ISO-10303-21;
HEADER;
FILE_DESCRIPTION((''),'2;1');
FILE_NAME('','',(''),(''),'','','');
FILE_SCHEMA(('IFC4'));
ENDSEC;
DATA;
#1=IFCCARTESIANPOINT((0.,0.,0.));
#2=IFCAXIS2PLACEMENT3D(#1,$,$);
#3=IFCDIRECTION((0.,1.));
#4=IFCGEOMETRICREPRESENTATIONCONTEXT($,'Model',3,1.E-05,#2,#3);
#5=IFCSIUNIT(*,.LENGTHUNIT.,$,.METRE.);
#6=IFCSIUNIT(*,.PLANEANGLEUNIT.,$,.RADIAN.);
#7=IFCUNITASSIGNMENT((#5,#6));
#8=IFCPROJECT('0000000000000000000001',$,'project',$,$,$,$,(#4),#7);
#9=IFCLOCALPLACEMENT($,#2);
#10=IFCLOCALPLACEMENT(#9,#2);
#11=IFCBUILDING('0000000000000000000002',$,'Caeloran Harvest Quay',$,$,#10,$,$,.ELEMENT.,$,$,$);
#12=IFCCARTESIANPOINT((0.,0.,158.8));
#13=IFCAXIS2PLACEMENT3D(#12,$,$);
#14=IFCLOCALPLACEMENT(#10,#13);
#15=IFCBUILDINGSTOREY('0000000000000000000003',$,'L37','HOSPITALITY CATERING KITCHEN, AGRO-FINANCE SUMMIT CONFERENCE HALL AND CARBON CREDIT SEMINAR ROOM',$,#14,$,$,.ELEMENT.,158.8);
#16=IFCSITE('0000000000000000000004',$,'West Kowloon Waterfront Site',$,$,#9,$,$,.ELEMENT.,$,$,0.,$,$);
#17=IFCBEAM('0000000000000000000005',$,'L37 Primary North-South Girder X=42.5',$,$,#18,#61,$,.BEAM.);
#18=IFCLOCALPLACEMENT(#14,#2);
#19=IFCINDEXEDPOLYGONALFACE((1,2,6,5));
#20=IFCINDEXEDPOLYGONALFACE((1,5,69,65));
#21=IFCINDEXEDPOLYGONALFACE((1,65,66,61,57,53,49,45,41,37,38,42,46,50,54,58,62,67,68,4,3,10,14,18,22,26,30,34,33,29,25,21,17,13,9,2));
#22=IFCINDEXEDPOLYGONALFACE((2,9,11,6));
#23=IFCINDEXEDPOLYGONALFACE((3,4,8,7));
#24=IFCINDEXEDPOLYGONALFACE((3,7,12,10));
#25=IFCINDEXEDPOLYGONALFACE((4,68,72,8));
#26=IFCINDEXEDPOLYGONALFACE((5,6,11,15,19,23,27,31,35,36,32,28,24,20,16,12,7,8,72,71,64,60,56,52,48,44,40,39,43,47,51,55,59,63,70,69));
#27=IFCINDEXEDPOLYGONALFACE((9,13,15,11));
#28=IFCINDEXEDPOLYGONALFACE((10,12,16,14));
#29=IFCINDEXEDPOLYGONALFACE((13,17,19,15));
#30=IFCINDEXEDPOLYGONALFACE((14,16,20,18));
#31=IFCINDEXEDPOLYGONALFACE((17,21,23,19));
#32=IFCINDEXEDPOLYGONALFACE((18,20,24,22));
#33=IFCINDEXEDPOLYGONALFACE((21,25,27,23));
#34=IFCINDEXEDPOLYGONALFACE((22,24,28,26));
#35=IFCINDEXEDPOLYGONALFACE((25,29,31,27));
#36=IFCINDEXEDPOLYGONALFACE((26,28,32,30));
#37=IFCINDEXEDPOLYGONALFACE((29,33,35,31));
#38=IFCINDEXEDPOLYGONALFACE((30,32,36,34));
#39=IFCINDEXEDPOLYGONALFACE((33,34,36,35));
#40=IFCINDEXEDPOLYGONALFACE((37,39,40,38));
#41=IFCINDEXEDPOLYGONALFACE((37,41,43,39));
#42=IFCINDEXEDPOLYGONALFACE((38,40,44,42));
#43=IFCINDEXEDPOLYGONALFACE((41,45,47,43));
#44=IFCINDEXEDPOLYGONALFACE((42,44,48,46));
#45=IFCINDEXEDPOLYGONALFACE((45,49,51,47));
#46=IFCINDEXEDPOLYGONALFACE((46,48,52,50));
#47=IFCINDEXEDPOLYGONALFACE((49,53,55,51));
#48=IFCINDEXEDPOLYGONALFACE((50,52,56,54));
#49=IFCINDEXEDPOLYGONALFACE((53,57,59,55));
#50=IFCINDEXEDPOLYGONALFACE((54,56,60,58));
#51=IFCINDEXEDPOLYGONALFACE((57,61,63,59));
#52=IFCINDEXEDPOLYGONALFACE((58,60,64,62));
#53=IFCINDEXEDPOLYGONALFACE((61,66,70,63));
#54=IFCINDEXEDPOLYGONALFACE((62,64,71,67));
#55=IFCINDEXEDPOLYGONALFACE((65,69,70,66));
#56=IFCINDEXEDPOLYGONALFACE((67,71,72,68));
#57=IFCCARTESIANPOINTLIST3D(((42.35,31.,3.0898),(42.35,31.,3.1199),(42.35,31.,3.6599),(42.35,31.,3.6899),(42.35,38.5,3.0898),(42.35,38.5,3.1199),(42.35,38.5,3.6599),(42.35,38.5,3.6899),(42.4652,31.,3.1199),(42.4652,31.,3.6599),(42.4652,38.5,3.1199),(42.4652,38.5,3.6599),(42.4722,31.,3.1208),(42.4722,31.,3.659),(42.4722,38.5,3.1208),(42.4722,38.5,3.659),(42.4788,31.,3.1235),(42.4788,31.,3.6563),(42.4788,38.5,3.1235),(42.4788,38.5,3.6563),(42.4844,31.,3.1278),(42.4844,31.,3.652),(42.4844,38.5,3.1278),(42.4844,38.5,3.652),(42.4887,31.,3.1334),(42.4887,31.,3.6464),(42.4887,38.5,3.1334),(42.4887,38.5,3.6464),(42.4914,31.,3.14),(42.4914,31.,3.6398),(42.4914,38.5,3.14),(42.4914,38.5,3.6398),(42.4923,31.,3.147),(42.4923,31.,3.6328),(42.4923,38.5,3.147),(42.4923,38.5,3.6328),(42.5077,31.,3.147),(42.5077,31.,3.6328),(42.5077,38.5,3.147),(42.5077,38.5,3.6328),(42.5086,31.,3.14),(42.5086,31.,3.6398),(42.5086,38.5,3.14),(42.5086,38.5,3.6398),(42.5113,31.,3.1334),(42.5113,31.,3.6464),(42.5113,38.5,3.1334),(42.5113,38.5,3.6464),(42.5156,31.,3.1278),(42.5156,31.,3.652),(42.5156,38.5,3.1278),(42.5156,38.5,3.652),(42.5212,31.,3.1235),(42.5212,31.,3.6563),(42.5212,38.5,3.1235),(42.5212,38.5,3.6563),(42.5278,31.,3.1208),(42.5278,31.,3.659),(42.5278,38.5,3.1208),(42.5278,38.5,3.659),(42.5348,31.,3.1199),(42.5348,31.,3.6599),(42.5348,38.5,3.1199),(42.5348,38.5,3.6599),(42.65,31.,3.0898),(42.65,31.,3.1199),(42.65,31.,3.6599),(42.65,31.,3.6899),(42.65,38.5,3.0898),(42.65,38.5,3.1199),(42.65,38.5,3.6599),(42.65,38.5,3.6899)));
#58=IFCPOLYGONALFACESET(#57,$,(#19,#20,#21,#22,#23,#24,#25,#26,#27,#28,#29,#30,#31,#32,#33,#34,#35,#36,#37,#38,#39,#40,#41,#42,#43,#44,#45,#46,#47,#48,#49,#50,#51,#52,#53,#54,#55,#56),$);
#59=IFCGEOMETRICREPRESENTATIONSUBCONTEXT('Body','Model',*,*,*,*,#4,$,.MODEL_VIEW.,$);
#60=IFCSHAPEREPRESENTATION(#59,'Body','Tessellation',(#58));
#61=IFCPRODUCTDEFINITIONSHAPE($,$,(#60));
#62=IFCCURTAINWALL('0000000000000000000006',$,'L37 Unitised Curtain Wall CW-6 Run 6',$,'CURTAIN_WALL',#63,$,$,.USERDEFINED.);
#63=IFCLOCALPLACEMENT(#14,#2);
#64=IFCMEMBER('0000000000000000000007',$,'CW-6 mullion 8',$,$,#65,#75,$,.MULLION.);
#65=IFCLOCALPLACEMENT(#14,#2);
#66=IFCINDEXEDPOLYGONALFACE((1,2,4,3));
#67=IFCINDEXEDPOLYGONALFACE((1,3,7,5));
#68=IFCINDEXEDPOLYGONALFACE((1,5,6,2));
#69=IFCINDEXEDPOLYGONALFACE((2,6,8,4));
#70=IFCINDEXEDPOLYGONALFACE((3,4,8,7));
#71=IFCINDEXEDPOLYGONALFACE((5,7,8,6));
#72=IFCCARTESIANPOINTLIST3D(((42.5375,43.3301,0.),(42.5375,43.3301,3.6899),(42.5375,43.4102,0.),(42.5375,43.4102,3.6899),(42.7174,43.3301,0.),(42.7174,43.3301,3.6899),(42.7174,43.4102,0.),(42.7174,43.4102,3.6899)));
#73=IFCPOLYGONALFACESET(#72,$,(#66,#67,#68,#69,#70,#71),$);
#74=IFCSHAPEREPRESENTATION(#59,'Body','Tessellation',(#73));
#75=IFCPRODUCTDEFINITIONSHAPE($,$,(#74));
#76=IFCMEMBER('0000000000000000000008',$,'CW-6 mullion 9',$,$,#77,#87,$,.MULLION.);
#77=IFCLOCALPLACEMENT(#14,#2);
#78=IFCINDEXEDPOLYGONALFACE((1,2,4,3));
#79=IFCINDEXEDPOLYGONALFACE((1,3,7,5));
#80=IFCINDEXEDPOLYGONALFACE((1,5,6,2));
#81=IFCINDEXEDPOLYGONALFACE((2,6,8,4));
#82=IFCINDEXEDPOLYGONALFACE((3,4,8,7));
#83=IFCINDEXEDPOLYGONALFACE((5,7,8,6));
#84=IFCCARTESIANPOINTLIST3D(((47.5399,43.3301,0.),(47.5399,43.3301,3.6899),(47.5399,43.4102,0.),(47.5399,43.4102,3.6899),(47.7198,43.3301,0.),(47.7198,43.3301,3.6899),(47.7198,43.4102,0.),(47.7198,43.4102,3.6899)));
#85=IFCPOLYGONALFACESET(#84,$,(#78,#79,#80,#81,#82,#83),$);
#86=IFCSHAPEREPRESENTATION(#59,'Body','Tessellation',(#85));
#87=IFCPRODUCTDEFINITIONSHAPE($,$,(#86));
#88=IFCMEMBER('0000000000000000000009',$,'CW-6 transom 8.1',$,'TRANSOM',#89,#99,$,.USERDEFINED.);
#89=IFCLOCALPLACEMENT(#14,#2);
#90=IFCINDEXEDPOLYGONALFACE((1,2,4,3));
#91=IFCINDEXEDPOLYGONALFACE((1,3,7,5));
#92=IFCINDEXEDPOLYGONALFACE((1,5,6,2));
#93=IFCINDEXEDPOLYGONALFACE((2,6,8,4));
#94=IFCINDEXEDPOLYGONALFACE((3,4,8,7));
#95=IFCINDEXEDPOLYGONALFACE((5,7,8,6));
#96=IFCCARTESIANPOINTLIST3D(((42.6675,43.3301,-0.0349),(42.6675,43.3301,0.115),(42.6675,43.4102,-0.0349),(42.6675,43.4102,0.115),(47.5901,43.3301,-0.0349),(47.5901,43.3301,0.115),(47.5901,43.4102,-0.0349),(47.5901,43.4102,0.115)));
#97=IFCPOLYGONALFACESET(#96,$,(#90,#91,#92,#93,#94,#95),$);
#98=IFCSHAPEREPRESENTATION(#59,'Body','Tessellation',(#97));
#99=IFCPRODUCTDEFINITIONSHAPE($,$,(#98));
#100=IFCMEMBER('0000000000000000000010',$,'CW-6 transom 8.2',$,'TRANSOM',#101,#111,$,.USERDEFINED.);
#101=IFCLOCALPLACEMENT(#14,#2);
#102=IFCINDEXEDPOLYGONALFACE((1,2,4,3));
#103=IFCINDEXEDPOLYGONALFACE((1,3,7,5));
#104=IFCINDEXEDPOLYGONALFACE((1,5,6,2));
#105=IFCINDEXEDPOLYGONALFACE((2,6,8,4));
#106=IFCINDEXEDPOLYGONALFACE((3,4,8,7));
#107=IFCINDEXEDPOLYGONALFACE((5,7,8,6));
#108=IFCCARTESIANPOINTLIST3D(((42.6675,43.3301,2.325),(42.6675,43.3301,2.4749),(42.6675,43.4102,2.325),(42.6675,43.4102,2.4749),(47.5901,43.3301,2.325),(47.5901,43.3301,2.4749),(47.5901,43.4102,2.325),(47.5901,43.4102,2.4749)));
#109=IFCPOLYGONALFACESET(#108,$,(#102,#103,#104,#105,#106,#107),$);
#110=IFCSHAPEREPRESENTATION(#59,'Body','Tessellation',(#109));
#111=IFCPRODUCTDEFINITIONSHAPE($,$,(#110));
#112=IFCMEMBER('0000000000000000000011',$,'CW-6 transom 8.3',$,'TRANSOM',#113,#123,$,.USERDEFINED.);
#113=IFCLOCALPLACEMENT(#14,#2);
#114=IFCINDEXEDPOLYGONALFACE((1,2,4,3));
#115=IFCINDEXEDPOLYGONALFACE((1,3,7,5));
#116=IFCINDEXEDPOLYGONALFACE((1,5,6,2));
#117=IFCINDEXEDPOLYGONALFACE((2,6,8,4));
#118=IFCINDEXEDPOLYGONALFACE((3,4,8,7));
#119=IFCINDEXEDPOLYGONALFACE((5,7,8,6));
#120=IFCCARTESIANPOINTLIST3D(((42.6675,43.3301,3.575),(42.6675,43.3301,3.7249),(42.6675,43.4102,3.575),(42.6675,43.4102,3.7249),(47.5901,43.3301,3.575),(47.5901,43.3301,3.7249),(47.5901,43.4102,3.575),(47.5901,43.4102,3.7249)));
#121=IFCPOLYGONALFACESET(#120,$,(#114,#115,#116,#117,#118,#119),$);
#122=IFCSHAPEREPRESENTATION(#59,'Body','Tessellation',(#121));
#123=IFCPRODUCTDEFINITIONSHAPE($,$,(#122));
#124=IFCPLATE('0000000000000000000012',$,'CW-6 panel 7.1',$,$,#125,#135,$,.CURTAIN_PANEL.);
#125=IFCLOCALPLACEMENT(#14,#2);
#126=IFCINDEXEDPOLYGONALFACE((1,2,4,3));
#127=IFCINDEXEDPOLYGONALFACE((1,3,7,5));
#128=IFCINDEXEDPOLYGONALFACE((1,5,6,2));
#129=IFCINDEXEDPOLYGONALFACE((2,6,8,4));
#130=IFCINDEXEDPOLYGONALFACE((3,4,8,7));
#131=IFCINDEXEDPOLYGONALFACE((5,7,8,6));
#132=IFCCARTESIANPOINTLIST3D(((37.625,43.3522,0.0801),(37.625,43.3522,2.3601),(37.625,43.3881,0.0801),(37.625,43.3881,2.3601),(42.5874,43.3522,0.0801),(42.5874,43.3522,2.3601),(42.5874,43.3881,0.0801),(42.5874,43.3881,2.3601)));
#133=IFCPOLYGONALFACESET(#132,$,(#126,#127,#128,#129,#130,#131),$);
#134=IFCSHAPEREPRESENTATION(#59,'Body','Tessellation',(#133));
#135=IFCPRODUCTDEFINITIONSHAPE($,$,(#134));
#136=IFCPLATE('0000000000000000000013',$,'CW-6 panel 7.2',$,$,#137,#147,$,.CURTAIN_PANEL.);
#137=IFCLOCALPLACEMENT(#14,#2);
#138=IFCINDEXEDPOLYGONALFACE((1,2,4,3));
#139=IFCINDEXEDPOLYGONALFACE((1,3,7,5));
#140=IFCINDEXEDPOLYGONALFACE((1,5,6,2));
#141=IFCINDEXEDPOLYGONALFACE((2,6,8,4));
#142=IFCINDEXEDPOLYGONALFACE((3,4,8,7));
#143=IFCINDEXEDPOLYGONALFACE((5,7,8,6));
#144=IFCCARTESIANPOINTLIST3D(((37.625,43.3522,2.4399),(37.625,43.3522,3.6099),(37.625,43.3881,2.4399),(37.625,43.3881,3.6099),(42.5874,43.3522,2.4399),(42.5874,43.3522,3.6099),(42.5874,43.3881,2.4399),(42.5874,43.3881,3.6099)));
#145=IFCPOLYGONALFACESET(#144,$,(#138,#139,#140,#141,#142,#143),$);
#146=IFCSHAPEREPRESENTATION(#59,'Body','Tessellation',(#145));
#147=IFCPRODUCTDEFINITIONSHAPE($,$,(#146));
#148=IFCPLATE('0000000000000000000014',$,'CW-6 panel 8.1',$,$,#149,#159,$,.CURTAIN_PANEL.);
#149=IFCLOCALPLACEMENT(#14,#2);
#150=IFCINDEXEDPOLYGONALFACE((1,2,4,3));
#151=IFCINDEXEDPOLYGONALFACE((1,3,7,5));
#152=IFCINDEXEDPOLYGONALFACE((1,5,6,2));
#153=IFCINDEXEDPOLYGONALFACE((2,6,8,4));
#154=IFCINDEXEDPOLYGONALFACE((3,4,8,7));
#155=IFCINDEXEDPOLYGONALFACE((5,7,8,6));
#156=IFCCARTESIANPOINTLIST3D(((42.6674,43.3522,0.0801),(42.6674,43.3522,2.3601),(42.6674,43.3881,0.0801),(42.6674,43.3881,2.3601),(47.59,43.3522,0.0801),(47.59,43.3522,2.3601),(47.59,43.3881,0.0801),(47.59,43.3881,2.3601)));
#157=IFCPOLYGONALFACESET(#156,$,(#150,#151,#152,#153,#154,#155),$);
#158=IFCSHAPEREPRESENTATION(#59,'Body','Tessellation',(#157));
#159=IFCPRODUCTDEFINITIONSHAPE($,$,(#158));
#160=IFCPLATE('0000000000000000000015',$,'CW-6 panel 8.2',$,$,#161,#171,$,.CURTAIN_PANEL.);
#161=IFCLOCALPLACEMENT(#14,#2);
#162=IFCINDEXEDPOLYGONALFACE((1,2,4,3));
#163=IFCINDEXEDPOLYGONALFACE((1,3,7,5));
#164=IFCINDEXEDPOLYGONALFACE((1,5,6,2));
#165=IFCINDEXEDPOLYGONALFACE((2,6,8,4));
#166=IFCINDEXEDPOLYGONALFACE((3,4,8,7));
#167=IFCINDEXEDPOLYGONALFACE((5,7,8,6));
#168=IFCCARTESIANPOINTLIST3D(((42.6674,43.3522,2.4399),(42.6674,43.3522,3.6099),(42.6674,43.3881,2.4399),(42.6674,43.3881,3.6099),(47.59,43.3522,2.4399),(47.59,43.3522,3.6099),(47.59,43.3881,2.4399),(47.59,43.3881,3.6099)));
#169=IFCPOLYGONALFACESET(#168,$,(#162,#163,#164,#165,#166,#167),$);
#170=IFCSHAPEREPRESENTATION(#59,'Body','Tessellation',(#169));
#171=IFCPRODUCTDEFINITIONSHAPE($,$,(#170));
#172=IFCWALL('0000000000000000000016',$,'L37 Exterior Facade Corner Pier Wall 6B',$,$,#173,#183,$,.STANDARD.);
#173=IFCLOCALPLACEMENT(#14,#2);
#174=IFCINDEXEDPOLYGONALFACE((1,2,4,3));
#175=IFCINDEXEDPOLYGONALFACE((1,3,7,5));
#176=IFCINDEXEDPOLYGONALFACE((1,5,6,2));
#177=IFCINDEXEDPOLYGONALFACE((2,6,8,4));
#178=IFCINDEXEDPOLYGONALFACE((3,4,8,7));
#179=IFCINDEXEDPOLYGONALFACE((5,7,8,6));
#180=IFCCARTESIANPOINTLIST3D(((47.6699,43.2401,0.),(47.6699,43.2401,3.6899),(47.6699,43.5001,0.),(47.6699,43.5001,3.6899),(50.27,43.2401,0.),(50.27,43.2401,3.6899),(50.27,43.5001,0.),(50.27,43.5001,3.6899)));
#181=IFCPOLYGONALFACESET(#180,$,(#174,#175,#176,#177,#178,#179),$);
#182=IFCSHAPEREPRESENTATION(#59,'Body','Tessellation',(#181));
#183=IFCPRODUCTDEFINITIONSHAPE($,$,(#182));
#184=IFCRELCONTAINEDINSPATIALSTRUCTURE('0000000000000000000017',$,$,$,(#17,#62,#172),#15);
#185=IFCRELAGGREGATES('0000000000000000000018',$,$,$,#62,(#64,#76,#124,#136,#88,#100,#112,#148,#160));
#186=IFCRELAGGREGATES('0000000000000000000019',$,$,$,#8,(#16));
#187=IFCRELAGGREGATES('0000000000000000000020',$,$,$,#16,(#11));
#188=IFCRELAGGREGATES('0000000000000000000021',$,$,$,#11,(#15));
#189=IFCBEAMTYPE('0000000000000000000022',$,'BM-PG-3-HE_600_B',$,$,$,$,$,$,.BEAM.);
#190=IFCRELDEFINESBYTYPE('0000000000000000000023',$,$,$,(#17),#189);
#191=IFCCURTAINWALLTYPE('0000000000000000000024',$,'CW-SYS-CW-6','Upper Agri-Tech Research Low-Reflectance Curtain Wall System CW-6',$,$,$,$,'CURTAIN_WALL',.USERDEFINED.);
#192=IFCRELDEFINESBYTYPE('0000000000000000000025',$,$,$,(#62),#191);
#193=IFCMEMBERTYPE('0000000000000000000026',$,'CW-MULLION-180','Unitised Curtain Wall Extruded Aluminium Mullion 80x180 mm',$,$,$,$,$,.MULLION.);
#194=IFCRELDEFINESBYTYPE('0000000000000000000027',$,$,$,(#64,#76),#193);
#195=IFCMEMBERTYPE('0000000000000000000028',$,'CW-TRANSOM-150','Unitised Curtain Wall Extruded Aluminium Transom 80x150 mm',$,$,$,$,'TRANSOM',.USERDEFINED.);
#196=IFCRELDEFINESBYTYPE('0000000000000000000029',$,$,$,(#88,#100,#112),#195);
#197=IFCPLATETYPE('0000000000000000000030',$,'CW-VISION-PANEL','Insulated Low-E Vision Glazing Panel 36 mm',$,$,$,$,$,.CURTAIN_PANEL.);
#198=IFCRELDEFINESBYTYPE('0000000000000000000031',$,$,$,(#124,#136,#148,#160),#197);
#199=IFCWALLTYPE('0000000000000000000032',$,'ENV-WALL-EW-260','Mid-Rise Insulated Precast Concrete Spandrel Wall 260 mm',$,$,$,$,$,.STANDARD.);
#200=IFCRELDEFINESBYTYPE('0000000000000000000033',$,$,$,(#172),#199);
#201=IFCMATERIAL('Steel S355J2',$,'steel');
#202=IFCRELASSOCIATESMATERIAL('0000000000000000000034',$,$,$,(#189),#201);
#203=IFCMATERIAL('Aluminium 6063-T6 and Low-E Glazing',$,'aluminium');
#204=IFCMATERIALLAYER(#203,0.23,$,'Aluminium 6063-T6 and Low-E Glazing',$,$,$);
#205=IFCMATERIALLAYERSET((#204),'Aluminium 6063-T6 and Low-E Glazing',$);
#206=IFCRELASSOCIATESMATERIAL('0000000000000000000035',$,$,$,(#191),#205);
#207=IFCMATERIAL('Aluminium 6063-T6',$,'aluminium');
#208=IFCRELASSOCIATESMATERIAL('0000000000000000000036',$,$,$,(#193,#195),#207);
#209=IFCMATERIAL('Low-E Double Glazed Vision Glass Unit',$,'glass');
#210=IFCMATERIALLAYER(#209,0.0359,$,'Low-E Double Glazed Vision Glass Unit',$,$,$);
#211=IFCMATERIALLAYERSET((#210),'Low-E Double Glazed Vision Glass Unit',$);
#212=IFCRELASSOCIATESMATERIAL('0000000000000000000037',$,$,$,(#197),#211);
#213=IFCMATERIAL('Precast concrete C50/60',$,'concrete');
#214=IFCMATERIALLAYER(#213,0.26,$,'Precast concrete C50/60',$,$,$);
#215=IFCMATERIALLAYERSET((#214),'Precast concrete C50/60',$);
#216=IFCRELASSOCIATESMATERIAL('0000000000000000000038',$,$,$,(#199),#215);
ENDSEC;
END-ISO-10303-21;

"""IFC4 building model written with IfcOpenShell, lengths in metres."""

from ifc_helpers import new_model, si_unit, direction, frame, frame_2d, origin, origin_2d, place, context, subcontext, project, spatial, rectangle, i_section, extrude, material, layer, layer_set, material_profile, profile_set, type_object, element, aggregate, save


model = new_model("IFC4")

# Units and contexts
model_context = context("Model", 3, precision=1e-05, world=origin(), true_north=direction((0.0, 1.0)))
body_context = subcontext(model_context, "Body", "Model", "MODEL_VIEW")
ifc_project = project(units=[si_unit("LENGTHUNIT", "METRE"), si_unit("PLANEANGLEUNIT", "RADIAN")], contexts=[model_context])

# Site, building, storey
site_placement = place(None, origin())
site = spatial("IfcSite", under=ifc_project, at=site_placement, Name="West Kowloon Waterfront Site", CompositionType="ELEMENT", RefElevation=0.0)
building_placement = place(site_placement, origin())
building = spatial("IfcBuilding", under=site, at=building_placement, Name="Caeloran Harvest Quay", CompositionType="ELEMENT")
storey_placement = place(building_placement, frame((0.0, 0.0, 158.8)))
storey = spatial("IfcBuildingStorey", under=building, at=storey_placement, Name="L37", Description="HOSPITALITY CATERING KITCHEN, AGRO-FINANCE SUMMIT CONFERENCE HALL AND CARBON CREDIT SEMINAR ROOM", CompositionType="ELEMENT", Elevation=158.8)

# Beam
ifc_material_1 = material(Name="Steel S355J2", Category="steel")
ifc_material_profile_1 = material_profile(ifc_material_1, i_section(OverallWidth=0.3, OverallDepth=0.6001, WebThickness=0.0154, FlangeThickness=0.03, FilletRadius=0.0271, at=origin_2d()), Name="HE 600 B")
ifc_profile_set_1 = profile_set([ifc_material_profile_1], Name="Steel S355J2")
beam_type = type_object("IfcBeamType", Name="BM-PG-3-HE_600_B", PredefinedType="BEAM", material=ifc_profile_set_1)
beam_1_placement = place(storey_placement, frame((42.5, 31.0, 3.3899), z_axis=(0.0, 1.0, 0.0), x_axis=(-1.0, 0.0, 0.0)))
element("IfcBeam", 1, at=beam_1_placement, inside=storey, type_object=beam_type, Name="L37 Primary North-South Girder X=42.5", PredefinedType="BEAM", context=body_context, shape_type="SweptSolid", body=[
    extrude(i_section(OverallWidth=0.3, OverallDepth=0.6001, WebThickness=0.0154, FlangeThickness=0.03, FilletRadius=0.0271, at=origin_2d()), origin(), (0.0, 0.0, 1.0), 7.5),
])

# Curtain wall, members, plates
ifc_material_2 = material(Name="Aluminium 6063-T6 and Low-E Glazing", Category="aluminium")
ifc_layer_1 = layer(ifc_material_2, 0.23, Name="Aluminium 6063-T6 and Low-E Glazing")
ifc_layer_set_1 = layer_set([ifc_layer_1], Name="Aluminium 6063-T6 and Low-E Glazing")
curtain_wall_type = type_object("IfcCurtainWallType", Name="CW-SYS-CW-6", Description="Upper Agri-Tech Research Low-Reflectance Curtain Wall System CW-6", ElementType="CURTAIN_WALL", PredefinedType="USERDEFINED", material=ifc_layer_set_1)
curtain_wall_placement = place(storey_placement, origin())
curtain_wall = element("IfcCurtainWall", 2, at=curtain_wall_placement, inside=storey, type_object=curtain_wall_type, Name="L37 Unitised Curtain Wall CW-6 Run 6", ObjectType="CURTAIN_WALL", PredefinedType="USERDEFINED")
ifc_material_3 = material(Name="Aluminium 6063-T6", Category="aluminium")
ifc_material_profile_2 = material_profile(ifc_material_3, rectangle(XDim=0.0801, YDim=0.1799, at=origin_2d()), Name="CW-MULLION-180")
ifc_profile_set_2 = profile_set([ifc_material_profile_2], Name="Aluminium 6063-T6")
member_type_1 = type_object("IfcMemberType", Name="CW-MULLION-180", Description="Unitised Curtain Wall Extruded Aluminium Mullion 80x180 mm", PredefinedType="MULLION", material=ifc_profile_set_2)
member_1_placement = place(storey_placement, frame((42.6274, 43.3701, 0.0), z_axis=(0.0, 0.0, 1.0), x_axis=(0.0, 1.0, 0.0)))
member_1 = element("IfcMember", 3, at=member_1_placement, type_object=member_type_1, Name="CW-6 mullion 8", PredefinedType="MULLION", context=body_context, shape_type="SweptSolid", body=[
    extrude(rectangle(XDim=0.0801, YDim=0.1799, at=origin_2d()), origin(), (0.0, 0.0, 1.0), 3.6899),
])
member_2_placement = place(storey_placement, frame((47.6299, 43.3701, 0.0), z_axis=(0.0, 0.0, 1.0), x_axis=(0.0, 1.0, 0.0)))
member_2 = element("IfcMember", 4, at=member_2_placement, type_object=member_type_1, Name="CW-6 mullion 9", PredefinedType="MULLION", context=body_context, shape_type="SweptSolid", body=[
    extrude(rectangle(XDim=0.0801, YDim=0.1799, at=origin_2d()), origin(), (0.0, 0.0, 1.0), 3.6899),
])
ifc_material_profile_3 = material_profile(ifc_material_3, rectangle(XDim=0.0801, YDim=0.1499, at=origin_2d()), Name="CW-TRANSOM-150")
ifc_profile_set_3 = profile_set([ifc_material_profile_3], Name="Aluminium 6063-T6")
member_type_2 = type_object("IfcMemberType", Name="CW-TRANSOM-150", Description="Unitised Curtain Wall Extruded Aluminium Transom 80x150 mm", ElementType="TRANSOM", PredefinedType="USERDEFINED", material=ifc_profile_set_3)
member_3_placement = place(storey_placement, frame((42.6675, 43.3701, 0.04), z_axis=(1.0, 0.0, 0.0), x_axis=(0.0, 1.0, 0.0)))
member_3 = element("IfcMember", 5, at=member_3_placement, type_object=member_type_2, Name="CW-6 transom 8.1", ObjectType="TRANSOM", PredefinedType="USERDEFINED", context=body_context, shape_type="SweptSolid", body=[
    extrude(rectangle(XDim=0.0801, YDim=0.1499, at=origin_2d()), origin(), (0.0, 0.0, 1.0), 4.9226),
])
member_4_placement = place(storey_placement, frame((42.6675, 43.3701, 2.3999), z_axis=(1.0, 0.0, 0.0), x_axis=(0.0, 1.0, 0.0)))
member_4 = element("IfcMember", 6, at=member_4_placement, type_object=member_type_2, Name="CW-6 transom 8.2", ObjectType="TRANSOM", PredefinedType="USERDEFINED", context=body_context, shape_type="SweptSolid", body=[
    extrude(rectangle(XDim=0.0801, YDim=0.1499, at=origin_2d()), origin(), (0.0, 0.0, 1.0), 4.9226),
])
member_5_placement = place(storey_placement, frame((42.6675, 43.3701, 3.6499), z_axis=(1.0, 0.0, 0.0), x_axis=(0.0, 1.0, 0.0)))
member_5 = element("IfcMember", 7, at=member_5_placement, type_object=member_type_2, Name="CW-6 transom 8.3", ObjectType="TRANSOM", PredefinedType="USERDEFINED", context=body_context, shape_type="SweptSolid", body=[
    extrude(rectangle(XDim=0.0801, YDim=0.1499, at=origin_2d()), origin(), (0.0, 0.0, 1.0), 4.9226),
])
ifc_material_4 = material(Name="Low-E Double Glazed Vision Glass Unit", Category="glass")
ifc_layer_2 = layer(ifc_material_4, 0.0359, Name="Low-E Double Glazed Vision Glass Unit")
ifc_layer_set_2 = layer_set([ifc_layer_2], Name="Low-E Double Glazed Vision Glass Unit")
plate_type = type_object("IfcPlateType", Name="CW-VISION-PANEL", Description="Insulated Low-E Vision Glazing Panel 36 mm", PredefinedType="CURTAIN_PANEL", material=ifc_layer_set_2)
plate_1_placement = place(storey_placement, frame((40.1062, 43.3701, 0.0801), z_axis=(0.0, 0.0, 1.0), x_axis=(1.0, 0.0, 0.0)))
plate_1 = element("IfcPlate", 8, at=plate_1_placement, type_object=plate_type, Name="CW-6 panel 7.1", PredefinedType="CURTAIN_PANEL", context=body_context, shape_type="SweptSolid", body=[
    extrude(rectangle(XDim=4.9624, YDim=0.0359, at=origin_2d()), origin(), (0.0, 0.0, 1.0), 2.28),
])
plate_2_placement = place(storey_placement, frame((40.1062, 43.3701, 2.4399), z_axis=(0.0, 0.0, 1.0), x_axis=(1.0, 0.0, 0.0)))
plate_2 = element("IfcPlate", 9, at=plate_2_placement, type_object=plate_type, Name="CW-6 panel 7.2", PredefinedType="CURTAIN_PANEL", context=body_context, shape_type="SweptSolid", body=[
    extrude(rectangle(XDim=4.9624, YDim=0.0359, at=origin_2d()), origin(), (0.0, 0.0, 1.0), 1.1699),
])
plate_3_placement = place(storey_placement, frame((45.1287, 43.3701, 0.0801), z_axis=(0.0, 0.0, 1.0), x_axis=(1.0, 0.0, 0.0)))
plate_3 = element("IfcPlate", 10, at=plate_3_placement, type_object=plate_type, Name="CW-6 panel 8.1", PredefinedType="CURTAIN_PANEL", context=body_context, shape_type="SweptSolid", body=[
    extrude(rectangle(XDim=4.9226, YDim=0.0359, at=origin_2d()), origin(), (0.0, 0.0, 1.0), 2.28),
])
plate_4_placement = place(storey_placement, frame((45.1287, 43.3701, 2.4399), z_axis=(0.0, 0.0, 1.0), x_axis=(1.0, 0.0, 0.0)))
plate_4 = element("IfcPlate", 11, at=plate_4_placement, type_object=plate_type, Name="CW-6 panel 8.2", PredefinedType="CURTAIN_PANEL", context=body_context, shape_type="SweptSolid", body=[
    extrude(rectangle(XDim=4.9226, YDim=0.0359, at=origin_2d()), origin(), (0.0, 0.0, 1.0), 1.1699),
])
aggregate(curtain_wall, [member_1, member_2, plate_1, plate_2, member_3, member_4, member_5, plate_3, plate_4])

# Wall
ifc_material_5 = material(Name="Precast concrete C50/60", Category="concrete")
ifc_layer_3 = layer(ifc_material_5, 0.26, Name="Precast concrete C50/60")
ifc_layer_set_3 = layer_set([ifc_layer_3], Name="Precast concrete C50/60")
wall_type_1 = type_object("IfcWallType", Name="ENV-WALL-EW-260", Description="Mid-Rise Insulated Precast Concrete Spandrel Wall 260 mm", PredefinedType="STANDARD", material=ifc_layer_set_3)
wall_1_placement = place(storey_placement, frame((47.6699, 43.3701, 0.0), z_axis=(0.0, 0.0, 1.0), x_axis=(1.0, 0.0, 0.0)))
element("IfcWall", 12, at=wall_1_placement, inside=storey, type_object=wall_type_1, Name="L37 Exterior Facade Corner Pier Wall 6B", PredefinedType="STANDARD", context=body_context, shape_type="SweptSolid", body=[
    extrude(rectangle(XDim=2.6001, YDim=0.26, at=frame_2d((1.3, 0.0))), origin(), (0.0, 0.0, 1.0), 3.6899),
])

save(model, "model.ifc")
